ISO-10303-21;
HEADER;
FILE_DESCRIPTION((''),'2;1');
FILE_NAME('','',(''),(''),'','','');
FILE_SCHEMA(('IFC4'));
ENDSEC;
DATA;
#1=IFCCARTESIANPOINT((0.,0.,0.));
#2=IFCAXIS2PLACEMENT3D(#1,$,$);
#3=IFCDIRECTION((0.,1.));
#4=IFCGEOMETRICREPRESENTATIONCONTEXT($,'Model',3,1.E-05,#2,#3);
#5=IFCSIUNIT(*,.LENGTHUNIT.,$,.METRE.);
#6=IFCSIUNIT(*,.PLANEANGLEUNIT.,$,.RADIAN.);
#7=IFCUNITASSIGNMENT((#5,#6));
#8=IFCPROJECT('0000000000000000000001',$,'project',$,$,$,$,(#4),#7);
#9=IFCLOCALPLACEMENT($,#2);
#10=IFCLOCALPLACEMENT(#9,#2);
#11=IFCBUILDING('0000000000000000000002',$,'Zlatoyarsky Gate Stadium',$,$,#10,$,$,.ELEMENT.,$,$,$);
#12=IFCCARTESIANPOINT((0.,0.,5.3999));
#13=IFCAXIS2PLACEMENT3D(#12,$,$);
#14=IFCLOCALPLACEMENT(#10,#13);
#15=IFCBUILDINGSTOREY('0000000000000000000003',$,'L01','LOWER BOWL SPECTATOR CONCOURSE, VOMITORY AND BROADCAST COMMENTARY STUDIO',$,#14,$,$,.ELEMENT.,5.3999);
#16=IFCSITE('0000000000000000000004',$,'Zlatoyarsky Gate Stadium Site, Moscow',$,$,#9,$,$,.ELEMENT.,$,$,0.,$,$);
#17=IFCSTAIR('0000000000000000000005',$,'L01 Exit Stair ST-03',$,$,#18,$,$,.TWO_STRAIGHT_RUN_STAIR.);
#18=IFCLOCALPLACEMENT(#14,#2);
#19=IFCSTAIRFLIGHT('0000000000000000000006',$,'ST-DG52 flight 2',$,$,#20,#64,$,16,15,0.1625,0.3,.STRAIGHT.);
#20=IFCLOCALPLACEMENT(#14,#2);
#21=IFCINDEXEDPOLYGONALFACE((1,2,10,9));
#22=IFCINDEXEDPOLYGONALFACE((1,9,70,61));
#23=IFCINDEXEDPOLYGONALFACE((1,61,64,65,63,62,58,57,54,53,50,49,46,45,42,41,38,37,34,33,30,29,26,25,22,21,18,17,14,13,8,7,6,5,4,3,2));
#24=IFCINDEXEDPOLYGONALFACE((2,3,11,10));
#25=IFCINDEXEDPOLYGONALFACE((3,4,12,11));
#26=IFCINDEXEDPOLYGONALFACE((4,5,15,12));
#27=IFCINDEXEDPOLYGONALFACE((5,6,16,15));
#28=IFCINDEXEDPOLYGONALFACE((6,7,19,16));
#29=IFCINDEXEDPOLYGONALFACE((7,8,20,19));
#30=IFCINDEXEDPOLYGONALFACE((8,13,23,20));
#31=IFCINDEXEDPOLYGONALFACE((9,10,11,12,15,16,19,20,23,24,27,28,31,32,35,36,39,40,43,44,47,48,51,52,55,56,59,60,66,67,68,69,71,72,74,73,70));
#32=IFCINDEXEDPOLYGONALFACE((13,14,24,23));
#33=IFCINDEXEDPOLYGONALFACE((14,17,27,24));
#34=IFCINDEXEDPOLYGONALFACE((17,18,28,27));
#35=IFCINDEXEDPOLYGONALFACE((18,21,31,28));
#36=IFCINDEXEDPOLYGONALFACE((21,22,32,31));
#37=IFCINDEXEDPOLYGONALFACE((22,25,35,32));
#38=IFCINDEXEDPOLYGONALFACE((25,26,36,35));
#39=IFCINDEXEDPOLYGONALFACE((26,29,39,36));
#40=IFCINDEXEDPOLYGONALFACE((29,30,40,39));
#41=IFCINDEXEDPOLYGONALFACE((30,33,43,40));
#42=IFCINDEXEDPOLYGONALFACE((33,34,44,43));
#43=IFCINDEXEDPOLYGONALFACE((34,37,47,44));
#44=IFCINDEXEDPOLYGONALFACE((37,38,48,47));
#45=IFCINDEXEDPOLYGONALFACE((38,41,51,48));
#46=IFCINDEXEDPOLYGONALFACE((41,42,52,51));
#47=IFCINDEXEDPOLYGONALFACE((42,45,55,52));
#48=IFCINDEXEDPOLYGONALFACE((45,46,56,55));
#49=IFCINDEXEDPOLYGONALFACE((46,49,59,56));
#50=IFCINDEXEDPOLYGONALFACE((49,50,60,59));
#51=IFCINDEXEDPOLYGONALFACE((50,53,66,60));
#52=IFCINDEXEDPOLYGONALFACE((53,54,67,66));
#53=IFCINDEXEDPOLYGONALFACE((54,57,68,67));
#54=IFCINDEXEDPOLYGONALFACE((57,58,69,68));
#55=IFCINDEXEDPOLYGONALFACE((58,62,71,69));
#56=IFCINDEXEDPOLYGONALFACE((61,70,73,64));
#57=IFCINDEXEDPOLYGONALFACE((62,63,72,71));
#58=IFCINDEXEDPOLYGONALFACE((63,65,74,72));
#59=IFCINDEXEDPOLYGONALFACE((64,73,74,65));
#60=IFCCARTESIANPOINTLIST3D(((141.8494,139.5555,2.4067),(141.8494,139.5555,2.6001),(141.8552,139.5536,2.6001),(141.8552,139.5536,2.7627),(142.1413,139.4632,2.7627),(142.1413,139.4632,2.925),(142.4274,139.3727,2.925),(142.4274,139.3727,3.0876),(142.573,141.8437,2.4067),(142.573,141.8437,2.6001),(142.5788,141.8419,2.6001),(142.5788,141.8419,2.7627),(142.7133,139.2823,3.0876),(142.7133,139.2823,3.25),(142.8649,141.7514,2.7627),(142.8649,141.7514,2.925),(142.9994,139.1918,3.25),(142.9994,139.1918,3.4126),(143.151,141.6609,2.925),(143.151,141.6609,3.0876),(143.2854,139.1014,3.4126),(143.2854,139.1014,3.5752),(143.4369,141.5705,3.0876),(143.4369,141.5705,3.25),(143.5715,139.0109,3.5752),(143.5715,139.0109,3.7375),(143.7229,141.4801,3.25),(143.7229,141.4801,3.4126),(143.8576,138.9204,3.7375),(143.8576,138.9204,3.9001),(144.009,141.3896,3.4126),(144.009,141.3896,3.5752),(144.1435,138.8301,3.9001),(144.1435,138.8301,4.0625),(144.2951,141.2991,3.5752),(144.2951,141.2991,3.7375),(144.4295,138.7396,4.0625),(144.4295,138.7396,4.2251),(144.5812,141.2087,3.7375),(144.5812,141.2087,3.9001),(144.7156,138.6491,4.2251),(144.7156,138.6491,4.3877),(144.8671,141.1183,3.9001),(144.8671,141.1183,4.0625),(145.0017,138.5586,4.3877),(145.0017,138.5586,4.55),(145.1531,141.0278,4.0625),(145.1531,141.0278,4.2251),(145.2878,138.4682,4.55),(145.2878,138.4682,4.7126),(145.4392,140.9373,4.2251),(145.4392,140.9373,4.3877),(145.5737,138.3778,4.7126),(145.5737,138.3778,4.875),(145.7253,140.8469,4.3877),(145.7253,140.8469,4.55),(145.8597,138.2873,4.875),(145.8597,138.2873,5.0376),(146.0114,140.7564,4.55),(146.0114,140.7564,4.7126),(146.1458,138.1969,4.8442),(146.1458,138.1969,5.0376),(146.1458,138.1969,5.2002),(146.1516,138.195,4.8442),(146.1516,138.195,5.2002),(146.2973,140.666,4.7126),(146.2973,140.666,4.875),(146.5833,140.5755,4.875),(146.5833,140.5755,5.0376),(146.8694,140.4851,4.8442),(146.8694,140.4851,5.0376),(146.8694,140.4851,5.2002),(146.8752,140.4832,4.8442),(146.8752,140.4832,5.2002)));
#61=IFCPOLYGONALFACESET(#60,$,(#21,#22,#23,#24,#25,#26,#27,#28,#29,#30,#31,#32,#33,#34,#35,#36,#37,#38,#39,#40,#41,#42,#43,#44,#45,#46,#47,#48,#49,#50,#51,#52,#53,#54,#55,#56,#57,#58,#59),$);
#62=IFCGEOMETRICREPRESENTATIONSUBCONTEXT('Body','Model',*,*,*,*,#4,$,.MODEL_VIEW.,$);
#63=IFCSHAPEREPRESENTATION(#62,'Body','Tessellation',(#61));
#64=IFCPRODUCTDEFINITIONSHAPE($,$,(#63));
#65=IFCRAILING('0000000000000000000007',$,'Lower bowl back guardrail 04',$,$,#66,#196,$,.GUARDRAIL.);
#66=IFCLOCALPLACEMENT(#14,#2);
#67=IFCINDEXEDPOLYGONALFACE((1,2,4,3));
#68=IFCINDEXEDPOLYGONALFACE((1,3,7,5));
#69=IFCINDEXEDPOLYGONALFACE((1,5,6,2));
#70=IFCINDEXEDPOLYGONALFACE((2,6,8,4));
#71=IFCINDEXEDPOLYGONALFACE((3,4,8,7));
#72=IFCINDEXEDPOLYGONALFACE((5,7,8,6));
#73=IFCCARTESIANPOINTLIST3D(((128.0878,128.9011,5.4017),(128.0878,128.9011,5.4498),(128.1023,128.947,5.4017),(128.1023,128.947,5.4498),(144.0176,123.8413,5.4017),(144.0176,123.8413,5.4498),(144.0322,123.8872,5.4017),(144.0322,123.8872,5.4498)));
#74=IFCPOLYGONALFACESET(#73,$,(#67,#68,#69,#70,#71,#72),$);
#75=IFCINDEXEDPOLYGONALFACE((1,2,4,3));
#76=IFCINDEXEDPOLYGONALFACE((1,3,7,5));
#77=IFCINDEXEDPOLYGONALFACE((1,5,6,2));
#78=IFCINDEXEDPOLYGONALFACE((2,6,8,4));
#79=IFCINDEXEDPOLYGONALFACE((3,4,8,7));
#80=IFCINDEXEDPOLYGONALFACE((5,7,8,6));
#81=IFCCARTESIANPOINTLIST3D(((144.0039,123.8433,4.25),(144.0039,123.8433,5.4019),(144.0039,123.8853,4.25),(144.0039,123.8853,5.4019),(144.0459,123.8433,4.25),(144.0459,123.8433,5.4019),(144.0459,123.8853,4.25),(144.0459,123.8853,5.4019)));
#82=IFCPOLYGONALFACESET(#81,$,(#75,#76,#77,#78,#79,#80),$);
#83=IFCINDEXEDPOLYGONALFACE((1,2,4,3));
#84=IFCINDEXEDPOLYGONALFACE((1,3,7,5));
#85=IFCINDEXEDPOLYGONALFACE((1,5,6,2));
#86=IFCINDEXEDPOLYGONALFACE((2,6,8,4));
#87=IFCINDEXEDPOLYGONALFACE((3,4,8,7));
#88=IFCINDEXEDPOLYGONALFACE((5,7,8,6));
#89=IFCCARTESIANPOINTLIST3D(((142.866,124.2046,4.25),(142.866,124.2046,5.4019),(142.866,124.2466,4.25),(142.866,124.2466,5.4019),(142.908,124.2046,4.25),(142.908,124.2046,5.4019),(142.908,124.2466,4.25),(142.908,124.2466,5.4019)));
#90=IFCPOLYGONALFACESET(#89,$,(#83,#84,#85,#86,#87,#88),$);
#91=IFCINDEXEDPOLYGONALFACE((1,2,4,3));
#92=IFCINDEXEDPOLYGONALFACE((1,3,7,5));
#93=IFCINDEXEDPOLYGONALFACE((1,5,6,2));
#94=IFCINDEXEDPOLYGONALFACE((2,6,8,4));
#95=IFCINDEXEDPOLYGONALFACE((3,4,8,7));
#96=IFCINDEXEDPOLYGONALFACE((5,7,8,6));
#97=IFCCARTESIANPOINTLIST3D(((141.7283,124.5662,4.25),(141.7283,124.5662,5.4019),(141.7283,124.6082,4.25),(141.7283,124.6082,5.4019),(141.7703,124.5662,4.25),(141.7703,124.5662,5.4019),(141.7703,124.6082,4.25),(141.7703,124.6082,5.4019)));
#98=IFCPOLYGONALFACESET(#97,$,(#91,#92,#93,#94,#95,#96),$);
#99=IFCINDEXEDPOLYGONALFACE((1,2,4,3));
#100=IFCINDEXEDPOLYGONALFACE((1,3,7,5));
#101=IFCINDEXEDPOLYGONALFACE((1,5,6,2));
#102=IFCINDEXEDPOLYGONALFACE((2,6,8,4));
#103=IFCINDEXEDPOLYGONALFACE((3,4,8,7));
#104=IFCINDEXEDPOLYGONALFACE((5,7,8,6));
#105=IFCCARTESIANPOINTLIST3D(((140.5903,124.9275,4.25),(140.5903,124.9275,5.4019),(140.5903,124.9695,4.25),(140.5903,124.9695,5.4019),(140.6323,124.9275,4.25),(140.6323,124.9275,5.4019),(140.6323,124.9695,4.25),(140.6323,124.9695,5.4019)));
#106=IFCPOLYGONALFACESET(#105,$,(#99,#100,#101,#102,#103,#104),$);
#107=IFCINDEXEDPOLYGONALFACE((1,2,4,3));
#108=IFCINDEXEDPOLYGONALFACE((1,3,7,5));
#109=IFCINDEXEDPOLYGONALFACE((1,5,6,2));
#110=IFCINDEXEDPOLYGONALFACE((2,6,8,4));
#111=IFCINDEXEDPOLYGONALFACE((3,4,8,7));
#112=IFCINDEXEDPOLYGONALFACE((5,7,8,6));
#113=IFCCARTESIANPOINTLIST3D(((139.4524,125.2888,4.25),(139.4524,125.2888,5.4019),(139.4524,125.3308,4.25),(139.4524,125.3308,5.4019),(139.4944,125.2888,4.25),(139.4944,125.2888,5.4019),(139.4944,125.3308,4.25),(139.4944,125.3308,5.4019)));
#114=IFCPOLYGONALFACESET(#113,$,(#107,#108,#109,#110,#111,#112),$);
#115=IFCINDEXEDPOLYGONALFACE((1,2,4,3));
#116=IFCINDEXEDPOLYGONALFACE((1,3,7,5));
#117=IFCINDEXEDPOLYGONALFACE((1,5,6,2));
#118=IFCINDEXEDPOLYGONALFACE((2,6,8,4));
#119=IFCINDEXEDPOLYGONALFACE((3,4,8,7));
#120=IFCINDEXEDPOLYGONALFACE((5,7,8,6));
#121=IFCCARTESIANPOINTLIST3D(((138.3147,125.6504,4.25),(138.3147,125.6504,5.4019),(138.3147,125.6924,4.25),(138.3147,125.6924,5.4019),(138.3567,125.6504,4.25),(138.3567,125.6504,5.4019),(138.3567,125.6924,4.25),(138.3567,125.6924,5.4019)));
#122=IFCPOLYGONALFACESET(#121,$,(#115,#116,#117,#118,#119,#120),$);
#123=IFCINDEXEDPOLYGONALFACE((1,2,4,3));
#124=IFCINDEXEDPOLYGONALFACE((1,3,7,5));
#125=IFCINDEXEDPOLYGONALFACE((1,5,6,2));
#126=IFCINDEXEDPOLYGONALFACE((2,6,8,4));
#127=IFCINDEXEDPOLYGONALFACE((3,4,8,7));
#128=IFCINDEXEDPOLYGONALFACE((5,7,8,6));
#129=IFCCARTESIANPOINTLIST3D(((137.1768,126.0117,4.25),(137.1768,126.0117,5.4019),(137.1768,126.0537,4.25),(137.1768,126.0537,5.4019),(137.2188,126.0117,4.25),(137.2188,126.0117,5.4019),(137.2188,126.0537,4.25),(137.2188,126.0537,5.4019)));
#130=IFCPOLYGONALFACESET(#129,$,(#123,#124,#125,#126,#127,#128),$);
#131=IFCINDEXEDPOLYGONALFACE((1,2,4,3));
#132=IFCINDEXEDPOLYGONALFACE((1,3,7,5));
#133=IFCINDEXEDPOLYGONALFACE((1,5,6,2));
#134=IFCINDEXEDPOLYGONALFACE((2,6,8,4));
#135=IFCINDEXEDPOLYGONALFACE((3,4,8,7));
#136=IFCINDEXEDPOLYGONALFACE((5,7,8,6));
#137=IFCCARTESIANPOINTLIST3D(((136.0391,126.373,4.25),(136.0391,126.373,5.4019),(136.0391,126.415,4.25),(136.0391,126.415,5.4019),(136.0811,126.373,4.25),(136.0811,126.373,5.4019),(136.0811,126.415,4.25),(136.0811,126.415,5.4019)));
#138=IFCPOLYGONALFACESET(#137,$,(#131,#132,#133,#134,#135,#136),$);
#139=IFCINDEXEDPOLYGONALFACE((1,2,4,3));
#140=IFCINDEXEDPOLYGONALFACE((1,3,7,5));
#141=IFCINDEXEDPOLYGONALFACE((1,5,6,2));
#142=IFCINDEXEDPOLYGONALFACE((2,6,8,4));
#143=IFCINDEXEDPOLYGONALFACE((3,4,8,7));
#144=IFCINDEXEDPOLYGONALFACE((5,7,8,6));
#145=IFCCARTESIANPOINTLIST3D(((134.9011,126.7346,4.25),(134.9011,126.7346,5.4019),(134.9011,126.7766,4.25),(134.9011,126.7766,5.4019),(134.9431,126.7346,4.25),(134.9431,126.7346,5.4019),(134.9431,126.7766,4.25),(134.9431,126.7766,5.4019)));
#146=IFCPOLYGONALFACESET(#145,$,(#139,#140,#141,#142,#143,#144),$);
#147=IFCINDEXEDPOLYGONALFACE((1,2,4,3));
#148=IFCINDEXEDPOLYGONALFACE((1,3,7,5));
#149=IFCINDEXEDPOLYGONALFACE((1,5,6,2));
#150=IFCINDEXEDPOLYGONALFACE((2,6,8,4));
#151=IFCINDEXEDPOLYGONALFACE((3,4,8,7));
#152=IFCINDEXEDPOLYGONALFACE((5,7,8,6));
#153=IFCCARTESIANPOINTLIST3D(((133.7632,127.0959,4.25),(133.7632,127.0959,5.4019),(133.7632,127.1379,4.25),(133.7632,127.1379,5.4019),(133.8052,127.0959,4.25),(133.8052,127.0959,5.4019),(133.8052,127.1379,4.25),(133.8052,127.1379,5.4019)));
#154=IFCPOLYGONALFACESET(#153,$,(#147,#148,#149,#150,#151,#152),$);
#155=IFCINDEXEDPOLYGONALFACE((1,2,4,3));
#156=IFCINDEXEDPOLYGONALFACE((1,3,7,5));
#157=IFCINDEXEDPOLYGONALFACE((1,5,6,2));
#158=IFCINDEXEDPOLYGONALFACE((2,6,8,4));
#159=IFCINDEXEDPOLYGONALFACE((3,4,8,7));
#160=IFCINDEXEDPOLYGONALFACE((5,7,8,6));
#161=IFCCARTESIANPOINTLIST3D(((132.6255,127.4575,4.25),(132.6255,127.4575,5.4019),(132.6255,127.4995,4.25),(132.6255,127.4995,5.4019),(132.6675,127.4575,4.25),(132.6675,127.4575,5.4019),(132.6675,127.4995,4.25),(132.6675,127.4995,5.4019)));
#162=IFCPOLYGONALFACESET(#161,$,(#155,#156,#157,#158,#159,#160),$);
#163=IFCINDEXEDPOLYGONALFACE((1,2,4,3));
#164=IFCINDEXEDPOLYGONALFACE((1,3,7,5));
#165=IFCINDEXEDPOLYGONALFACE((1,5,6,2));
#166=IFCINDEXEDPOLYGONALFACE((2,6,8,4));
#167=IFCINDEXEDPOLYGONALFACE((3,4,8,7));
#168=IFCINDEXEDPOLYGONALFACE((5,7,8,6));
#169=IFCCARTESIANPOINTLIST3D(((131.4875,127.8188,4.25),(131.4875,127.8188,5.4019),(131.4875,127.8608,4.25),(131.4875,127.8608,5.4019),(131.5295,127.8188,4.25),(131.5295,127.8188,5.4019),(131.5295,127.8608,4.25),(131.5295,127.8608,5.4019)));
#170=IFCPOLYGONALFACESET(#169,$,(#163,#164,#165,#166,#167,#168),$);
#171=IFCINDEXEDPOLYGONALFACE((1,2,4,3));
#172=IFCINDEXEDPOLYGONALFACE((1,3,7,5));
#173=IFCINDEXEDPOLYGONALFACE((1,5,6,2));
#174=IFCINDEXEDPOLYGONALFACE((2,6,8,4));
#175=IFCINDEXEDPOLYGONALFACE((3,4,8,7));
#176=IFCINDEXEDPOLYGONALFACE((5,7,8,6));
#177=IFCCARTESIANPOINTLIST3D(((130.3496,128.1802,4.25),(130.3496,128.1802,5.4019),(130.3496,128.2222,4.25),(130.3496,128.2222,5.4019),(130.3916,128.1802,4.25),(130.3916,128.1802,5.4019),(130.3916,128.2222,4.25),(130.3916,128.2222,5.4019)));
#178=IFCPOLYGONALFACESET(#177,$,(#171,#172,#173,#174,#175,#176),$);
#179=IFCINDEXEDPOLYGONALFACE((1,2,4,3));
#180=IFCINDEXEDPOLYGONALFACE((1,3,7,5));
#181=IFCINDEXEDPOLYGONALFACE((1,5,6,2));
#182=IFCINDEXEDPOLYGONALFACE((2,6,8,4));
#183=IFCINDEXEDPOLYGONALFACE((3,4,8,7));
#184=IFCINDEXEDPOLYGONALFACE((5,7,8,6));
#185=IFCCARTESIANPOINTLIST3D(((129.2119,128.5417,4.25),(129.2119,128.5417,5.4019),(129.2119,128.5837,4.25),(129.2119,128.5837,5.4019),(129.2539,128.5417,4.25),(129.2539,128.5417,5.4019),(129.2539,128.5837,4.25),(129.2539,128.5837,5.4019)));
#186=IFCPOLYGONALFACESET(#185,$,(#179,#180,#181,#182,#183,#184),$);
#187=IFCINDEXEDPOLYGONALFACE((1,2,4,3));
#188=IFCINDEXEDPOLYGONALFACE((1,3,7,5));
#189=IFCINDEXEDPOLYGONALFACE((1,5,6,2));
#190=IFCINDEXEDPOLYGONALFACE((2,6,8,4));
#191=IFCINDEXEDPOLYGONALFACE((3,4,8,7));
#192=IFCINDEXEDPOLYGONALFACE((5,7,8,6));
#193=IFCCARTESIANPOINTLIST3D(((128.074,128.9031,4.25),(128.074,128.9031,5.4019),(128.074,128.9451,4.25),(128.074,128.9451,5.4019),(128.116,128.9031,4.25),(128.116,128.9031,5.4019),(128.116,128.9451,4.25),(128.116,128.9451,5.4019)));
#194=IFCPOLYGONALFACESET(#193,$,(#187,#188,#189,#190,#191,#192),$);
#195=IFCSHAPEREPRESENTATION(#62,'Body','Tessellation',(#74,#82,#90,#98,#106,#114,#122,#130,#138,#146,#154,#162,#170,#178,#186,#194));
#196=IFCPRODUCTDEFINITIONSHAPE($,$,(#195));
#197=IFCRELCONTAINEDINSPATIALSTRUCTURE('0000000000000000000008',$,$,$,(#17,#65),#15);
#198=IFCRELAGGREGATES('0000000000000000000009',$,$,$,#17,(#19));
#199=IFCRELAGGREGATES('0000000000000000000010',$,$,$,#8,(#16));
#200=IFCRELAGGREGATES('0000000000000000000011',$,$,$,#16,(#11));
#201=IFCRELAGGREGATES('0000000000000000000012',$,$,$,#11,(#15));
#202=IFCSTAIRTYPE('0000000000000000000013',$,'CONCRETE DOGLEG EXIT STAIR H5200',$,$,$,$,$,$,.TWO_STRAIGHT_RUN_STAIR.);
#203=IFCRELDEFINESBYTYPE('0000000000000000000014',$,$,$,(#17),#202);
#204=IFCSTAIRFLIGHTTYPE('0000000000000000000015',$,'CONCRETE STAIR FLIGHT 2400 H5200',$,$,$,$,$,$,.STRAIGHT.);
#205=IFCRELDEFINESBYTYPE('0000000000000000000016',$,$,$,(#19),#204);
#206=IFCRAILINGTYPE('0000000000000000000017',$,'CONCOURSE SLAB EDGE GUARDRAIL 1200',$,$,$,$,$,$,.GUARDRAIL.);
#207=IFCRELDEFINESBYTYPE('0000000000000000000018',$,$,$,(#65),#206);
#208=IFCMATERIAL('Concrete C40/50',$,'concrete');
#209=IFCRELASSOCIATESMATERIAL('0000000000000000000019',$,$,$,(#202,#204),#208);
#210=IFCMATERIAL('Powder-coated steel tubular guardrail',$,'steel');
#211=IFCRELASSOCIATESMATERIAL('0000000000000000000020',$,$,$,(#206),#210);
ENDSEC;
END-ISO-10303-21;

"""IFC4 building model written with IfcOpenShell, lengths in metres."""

from ifc_helpers import new_model, si_unit, direction, frame, origin, origin_2d, place, context, subcontext, project, spatial, polyline, rectangle, outline, extrude, material, type_object, element, aggregate, save


model = new_model("IFC4")

# Units and contexts
model_context = context("Model", 3, precision=1e-05, world=origin(), true_north=direction((0.0, 1.0)))
body_context = subcontext(model_context, "Body", "Model", "MODEL_VIEW")
ifc_project = project(units=[si_unit("LENGTHUNIT", "METRE"), si_unit("PLANEANGLEUNIT", "RADIAN")], contexts=[model_context])

# Site, building, storey
site_placement = place(None, origin())
site = spatial("IfcSite", under=ifc_project, at=site_placement, Name="Zlatoyarsky Gate Stadium Site, Moscow", CompositionType="ELEMENT", RefElevation=0.0)
building_placement = place(site_placement, origin())
building = spatial("IfcBuilding", under=site, at=building_placement, Name="Zlatoyarsky Gate Stadium", CompositionType="ELEMENT")
storey_placement = place(building_placement, frame((0.0, 0.0, 5.3999)))
storey = spatial("IfcBuildingStorey", under=building, at=storey_placement, Name="L01", Description="LOWER BOWL SPECTATOR CONCOURSE, VOMITORY AND BROADCAST COMMENTARY STUDIO", CompositionType="ELEMENT", Elevation=5.3999)

# Shared definitions
ifc_material_1 = material(Name="Concrete C40/50", Category="concrete")

# Stair, stair flight
stair_type = type_object("IfcStairType", Name="CONCRETE DOGLEG EXIT STAIR H5200", PredefinedType="TWO_STRAIGHT_RUN_STAIR", material=ifc_material_1)
stair_placement = place(storey_placement, origin())
stair = element("IfcStair", 1, at=stair_placement, inside=storey, type_object=stair_type, Name="L01 Exit Stair ST-03", PredefinedType="TWO_STRAIGHT_RUN_STAIR")
stair_flight_type = type_object("IfcStairFlightType", Name="CONCRETE STAIR FLIGHT 2400 H5200", PredefinedType="STRAIGHT", material=ifc_material_1)
stair_flight_1_placement = place(storey_placement, frame((142.217, 140.6978, 2.6001), z_axis=(0.0, 0.0, 1.0), x_axis=(0.953463, -0.30151, 0.0)))
stair_flight_1 = element("IfcStairFlight", 2, at=stair_flight_1_placement, type_object=stair_flight_type, Name="ST-DG52 flight 2", NumberOfRisers=16, NumberOfTreads=15, PredefinedType="STRAIGHT", RiserHeight=0.1625, TreadLength=0.3, context=body_context, shape_type="SweptSolid", body=[
    extrude(outline(polyline([(-0.0061, -0.1934), (-0.0061, 0.0), (0.0, 0.0), (0.0, 0.1626), (0.3, 0.1626), (0.3, 0.325), (0.6001, 0.325), (0.6001, 0.4875), (0.8999, 0.4875), (0.8999, 0.6499), (1.2, 0.6499), (1.2, 0.8125), (1.5, 0.8125), (1.5, 0.9751), (1.8, 0.9751), (1.8, 1.1375), (2.1001, 1.1375), (2.1001, 1.3), (2.3999, 1.3), (2.3999, 1.4624), (2.7, 1.4624), (2.7, 1.625), (3.0, 1.625), (3.0, 1.7876), (3.3, 1.7876), (3.3, 1.95), (3.6001, 1.95), (3.6001, 2.1125), (3.8999, 2.1125), (3.8999, 2.2749), (4.2, 2.2749), (4.2, 2.4375), (4.5, 2.4375), (4.5, 2.6001), (4.5061, 2.6001), (4.5061, 2.2441), (4.5, 2.2441), (-0.0061, -0.1934)])), frame((0.0, 1.2, 0.0), z_axis=(0.0, -1.0, 0.0), x_axis=(1.0, 0.0, 0.0)), (0.0, 0.0, 1.0), 2.3999),
])
aggregate(stair, [stair_flight_1])

# Railing
ifc_material_2 = material(Name="Powder-coated steel tubular guardrail", Category="steel")
railing_type_1 = type_object("IfcRailingType", Name="CONCOURSE SLAB EDGE GUARDRAIL 1200", PredefinedType="GUARDRAIL", material=ifc_material_2)
railing_1_placement = place(storey_placement, frame((144.0249, 123.8643, 4.25)))
element("IfcRailing", 3, at=railing_1_placement, inside=storey, type_object=railing_type_1, Name="Lower bowl back guardrail 04", PredefinedType="GUARDRAIL", context=body_context, shape_type="SweptSolid", body=[
    extrude(rectangle(XDim=0.0481, YDim=0.0481, at=origin_2d()), frame((0.0, 0.0, 1.1758), z_axis=(-0.953078, 0.302726, 0.0), x_axis=(-0.302726, -0.953078, 0.0)), (0.0, 0.0, 1.0), 16.7141),
    extrude(rectangle(XDim=0.042, YDim=0.042, at=origin_2d()), origin(), (0.0, 0.0, 1.0), 1.1519),
    extrude(rectangle(XDim=0.042, YDim=0.042, at=origin_2d()), frame((-1.1379, 0.3613, 0.0)), (0.0, 0.0, 1.0), 1.1519),
    extrude(rectangle(XDim=0.042, YDim=0.042, at=origin_2d()), frame((-2.2756, 0.7229, 0.0)), (0.0, 0.0, 1.0), 1.1519),
    extrude(rectangle(XDim=0.042, YDim=0.042, at=origin_2d()), frame((-3.4136, 1.0842, 0.0)), (0.0, 0.0, 1.0), 1.1519),
    extrude(rectangle(XDim=0.042, YDim=0.042, at=origin_2d()), frame((-4.5515, 1.4456, 0.0)), (0.0, 0.0, 1.0), 1.1519),
    extrude(rectangle(XDim=0.042, YDim=0.042, at=origin_2d()), frame((-5.6892, 1.8071, 0.0)), (0.0, 0.0, 1.0), 1.1519),
    extrude(rectangle(XDim=0.042, YDim=0.042, at=origin_2d()), frame((-6.8271, 2.1685, 0.0)), (0.0, 0.0, 1.0), 1.1519),
    extrude(rectangle(XDim=0.042, YDim=0.042, at=origin_2d()), frame((-7.9648, 2.5298, 0.0)), (0.0, 0.0, 1.0), 1.1519),
    extrude(rectangle(XDim=0.042, YDim=0.042, at=origin_2d()), frame((-9.1028, 2.8914, 0.0)), (0.0, 0.0, 1.0), 1.1519),
    extrude(rectangle(XDim=0.042, YDim=0.042, at=origin_2d()), frame((-10.2407, 3.2527, 0.0)), (0.0, 0.0, 1.0), 1.1519),
    extrude(rectangle(XDim=0.042, YDim=0.042, at=origin_2d()), frame((-11.3784, 3.6143, 0.0)), (0.0, 0.0, 1.0), 1.1519),
    extrude(rectangle(XDim=0.042, YDim=0.042, at=origin_2d()), frame((-12.5164, 3.9756, 0.0)), (0.0, 0.0, 1.0), 1.1519),
    extrude(rectangle(XDim=0.042, YDim=0.042, at=origin_2d()), frame((-13.6543, 4.3369, 0.0)), (0.0, 0.0, 1.0), 1.1519),
    extrude(rectangle(XDim=0.042, YDim=0.042, at=origin_2d()), frame((-14.792, 4.6985, 0.0)), (0.0, 0.0, 1.0), 1.1519),
    extrude(rectangle(XDim=0.042, YDim=0.042, at=origin_2d()), frame((-15.9299, 5.0598, 0.0)), (0.0, 0.0, 1.0), 1.1519),
])

save(model, "model.ifc")
